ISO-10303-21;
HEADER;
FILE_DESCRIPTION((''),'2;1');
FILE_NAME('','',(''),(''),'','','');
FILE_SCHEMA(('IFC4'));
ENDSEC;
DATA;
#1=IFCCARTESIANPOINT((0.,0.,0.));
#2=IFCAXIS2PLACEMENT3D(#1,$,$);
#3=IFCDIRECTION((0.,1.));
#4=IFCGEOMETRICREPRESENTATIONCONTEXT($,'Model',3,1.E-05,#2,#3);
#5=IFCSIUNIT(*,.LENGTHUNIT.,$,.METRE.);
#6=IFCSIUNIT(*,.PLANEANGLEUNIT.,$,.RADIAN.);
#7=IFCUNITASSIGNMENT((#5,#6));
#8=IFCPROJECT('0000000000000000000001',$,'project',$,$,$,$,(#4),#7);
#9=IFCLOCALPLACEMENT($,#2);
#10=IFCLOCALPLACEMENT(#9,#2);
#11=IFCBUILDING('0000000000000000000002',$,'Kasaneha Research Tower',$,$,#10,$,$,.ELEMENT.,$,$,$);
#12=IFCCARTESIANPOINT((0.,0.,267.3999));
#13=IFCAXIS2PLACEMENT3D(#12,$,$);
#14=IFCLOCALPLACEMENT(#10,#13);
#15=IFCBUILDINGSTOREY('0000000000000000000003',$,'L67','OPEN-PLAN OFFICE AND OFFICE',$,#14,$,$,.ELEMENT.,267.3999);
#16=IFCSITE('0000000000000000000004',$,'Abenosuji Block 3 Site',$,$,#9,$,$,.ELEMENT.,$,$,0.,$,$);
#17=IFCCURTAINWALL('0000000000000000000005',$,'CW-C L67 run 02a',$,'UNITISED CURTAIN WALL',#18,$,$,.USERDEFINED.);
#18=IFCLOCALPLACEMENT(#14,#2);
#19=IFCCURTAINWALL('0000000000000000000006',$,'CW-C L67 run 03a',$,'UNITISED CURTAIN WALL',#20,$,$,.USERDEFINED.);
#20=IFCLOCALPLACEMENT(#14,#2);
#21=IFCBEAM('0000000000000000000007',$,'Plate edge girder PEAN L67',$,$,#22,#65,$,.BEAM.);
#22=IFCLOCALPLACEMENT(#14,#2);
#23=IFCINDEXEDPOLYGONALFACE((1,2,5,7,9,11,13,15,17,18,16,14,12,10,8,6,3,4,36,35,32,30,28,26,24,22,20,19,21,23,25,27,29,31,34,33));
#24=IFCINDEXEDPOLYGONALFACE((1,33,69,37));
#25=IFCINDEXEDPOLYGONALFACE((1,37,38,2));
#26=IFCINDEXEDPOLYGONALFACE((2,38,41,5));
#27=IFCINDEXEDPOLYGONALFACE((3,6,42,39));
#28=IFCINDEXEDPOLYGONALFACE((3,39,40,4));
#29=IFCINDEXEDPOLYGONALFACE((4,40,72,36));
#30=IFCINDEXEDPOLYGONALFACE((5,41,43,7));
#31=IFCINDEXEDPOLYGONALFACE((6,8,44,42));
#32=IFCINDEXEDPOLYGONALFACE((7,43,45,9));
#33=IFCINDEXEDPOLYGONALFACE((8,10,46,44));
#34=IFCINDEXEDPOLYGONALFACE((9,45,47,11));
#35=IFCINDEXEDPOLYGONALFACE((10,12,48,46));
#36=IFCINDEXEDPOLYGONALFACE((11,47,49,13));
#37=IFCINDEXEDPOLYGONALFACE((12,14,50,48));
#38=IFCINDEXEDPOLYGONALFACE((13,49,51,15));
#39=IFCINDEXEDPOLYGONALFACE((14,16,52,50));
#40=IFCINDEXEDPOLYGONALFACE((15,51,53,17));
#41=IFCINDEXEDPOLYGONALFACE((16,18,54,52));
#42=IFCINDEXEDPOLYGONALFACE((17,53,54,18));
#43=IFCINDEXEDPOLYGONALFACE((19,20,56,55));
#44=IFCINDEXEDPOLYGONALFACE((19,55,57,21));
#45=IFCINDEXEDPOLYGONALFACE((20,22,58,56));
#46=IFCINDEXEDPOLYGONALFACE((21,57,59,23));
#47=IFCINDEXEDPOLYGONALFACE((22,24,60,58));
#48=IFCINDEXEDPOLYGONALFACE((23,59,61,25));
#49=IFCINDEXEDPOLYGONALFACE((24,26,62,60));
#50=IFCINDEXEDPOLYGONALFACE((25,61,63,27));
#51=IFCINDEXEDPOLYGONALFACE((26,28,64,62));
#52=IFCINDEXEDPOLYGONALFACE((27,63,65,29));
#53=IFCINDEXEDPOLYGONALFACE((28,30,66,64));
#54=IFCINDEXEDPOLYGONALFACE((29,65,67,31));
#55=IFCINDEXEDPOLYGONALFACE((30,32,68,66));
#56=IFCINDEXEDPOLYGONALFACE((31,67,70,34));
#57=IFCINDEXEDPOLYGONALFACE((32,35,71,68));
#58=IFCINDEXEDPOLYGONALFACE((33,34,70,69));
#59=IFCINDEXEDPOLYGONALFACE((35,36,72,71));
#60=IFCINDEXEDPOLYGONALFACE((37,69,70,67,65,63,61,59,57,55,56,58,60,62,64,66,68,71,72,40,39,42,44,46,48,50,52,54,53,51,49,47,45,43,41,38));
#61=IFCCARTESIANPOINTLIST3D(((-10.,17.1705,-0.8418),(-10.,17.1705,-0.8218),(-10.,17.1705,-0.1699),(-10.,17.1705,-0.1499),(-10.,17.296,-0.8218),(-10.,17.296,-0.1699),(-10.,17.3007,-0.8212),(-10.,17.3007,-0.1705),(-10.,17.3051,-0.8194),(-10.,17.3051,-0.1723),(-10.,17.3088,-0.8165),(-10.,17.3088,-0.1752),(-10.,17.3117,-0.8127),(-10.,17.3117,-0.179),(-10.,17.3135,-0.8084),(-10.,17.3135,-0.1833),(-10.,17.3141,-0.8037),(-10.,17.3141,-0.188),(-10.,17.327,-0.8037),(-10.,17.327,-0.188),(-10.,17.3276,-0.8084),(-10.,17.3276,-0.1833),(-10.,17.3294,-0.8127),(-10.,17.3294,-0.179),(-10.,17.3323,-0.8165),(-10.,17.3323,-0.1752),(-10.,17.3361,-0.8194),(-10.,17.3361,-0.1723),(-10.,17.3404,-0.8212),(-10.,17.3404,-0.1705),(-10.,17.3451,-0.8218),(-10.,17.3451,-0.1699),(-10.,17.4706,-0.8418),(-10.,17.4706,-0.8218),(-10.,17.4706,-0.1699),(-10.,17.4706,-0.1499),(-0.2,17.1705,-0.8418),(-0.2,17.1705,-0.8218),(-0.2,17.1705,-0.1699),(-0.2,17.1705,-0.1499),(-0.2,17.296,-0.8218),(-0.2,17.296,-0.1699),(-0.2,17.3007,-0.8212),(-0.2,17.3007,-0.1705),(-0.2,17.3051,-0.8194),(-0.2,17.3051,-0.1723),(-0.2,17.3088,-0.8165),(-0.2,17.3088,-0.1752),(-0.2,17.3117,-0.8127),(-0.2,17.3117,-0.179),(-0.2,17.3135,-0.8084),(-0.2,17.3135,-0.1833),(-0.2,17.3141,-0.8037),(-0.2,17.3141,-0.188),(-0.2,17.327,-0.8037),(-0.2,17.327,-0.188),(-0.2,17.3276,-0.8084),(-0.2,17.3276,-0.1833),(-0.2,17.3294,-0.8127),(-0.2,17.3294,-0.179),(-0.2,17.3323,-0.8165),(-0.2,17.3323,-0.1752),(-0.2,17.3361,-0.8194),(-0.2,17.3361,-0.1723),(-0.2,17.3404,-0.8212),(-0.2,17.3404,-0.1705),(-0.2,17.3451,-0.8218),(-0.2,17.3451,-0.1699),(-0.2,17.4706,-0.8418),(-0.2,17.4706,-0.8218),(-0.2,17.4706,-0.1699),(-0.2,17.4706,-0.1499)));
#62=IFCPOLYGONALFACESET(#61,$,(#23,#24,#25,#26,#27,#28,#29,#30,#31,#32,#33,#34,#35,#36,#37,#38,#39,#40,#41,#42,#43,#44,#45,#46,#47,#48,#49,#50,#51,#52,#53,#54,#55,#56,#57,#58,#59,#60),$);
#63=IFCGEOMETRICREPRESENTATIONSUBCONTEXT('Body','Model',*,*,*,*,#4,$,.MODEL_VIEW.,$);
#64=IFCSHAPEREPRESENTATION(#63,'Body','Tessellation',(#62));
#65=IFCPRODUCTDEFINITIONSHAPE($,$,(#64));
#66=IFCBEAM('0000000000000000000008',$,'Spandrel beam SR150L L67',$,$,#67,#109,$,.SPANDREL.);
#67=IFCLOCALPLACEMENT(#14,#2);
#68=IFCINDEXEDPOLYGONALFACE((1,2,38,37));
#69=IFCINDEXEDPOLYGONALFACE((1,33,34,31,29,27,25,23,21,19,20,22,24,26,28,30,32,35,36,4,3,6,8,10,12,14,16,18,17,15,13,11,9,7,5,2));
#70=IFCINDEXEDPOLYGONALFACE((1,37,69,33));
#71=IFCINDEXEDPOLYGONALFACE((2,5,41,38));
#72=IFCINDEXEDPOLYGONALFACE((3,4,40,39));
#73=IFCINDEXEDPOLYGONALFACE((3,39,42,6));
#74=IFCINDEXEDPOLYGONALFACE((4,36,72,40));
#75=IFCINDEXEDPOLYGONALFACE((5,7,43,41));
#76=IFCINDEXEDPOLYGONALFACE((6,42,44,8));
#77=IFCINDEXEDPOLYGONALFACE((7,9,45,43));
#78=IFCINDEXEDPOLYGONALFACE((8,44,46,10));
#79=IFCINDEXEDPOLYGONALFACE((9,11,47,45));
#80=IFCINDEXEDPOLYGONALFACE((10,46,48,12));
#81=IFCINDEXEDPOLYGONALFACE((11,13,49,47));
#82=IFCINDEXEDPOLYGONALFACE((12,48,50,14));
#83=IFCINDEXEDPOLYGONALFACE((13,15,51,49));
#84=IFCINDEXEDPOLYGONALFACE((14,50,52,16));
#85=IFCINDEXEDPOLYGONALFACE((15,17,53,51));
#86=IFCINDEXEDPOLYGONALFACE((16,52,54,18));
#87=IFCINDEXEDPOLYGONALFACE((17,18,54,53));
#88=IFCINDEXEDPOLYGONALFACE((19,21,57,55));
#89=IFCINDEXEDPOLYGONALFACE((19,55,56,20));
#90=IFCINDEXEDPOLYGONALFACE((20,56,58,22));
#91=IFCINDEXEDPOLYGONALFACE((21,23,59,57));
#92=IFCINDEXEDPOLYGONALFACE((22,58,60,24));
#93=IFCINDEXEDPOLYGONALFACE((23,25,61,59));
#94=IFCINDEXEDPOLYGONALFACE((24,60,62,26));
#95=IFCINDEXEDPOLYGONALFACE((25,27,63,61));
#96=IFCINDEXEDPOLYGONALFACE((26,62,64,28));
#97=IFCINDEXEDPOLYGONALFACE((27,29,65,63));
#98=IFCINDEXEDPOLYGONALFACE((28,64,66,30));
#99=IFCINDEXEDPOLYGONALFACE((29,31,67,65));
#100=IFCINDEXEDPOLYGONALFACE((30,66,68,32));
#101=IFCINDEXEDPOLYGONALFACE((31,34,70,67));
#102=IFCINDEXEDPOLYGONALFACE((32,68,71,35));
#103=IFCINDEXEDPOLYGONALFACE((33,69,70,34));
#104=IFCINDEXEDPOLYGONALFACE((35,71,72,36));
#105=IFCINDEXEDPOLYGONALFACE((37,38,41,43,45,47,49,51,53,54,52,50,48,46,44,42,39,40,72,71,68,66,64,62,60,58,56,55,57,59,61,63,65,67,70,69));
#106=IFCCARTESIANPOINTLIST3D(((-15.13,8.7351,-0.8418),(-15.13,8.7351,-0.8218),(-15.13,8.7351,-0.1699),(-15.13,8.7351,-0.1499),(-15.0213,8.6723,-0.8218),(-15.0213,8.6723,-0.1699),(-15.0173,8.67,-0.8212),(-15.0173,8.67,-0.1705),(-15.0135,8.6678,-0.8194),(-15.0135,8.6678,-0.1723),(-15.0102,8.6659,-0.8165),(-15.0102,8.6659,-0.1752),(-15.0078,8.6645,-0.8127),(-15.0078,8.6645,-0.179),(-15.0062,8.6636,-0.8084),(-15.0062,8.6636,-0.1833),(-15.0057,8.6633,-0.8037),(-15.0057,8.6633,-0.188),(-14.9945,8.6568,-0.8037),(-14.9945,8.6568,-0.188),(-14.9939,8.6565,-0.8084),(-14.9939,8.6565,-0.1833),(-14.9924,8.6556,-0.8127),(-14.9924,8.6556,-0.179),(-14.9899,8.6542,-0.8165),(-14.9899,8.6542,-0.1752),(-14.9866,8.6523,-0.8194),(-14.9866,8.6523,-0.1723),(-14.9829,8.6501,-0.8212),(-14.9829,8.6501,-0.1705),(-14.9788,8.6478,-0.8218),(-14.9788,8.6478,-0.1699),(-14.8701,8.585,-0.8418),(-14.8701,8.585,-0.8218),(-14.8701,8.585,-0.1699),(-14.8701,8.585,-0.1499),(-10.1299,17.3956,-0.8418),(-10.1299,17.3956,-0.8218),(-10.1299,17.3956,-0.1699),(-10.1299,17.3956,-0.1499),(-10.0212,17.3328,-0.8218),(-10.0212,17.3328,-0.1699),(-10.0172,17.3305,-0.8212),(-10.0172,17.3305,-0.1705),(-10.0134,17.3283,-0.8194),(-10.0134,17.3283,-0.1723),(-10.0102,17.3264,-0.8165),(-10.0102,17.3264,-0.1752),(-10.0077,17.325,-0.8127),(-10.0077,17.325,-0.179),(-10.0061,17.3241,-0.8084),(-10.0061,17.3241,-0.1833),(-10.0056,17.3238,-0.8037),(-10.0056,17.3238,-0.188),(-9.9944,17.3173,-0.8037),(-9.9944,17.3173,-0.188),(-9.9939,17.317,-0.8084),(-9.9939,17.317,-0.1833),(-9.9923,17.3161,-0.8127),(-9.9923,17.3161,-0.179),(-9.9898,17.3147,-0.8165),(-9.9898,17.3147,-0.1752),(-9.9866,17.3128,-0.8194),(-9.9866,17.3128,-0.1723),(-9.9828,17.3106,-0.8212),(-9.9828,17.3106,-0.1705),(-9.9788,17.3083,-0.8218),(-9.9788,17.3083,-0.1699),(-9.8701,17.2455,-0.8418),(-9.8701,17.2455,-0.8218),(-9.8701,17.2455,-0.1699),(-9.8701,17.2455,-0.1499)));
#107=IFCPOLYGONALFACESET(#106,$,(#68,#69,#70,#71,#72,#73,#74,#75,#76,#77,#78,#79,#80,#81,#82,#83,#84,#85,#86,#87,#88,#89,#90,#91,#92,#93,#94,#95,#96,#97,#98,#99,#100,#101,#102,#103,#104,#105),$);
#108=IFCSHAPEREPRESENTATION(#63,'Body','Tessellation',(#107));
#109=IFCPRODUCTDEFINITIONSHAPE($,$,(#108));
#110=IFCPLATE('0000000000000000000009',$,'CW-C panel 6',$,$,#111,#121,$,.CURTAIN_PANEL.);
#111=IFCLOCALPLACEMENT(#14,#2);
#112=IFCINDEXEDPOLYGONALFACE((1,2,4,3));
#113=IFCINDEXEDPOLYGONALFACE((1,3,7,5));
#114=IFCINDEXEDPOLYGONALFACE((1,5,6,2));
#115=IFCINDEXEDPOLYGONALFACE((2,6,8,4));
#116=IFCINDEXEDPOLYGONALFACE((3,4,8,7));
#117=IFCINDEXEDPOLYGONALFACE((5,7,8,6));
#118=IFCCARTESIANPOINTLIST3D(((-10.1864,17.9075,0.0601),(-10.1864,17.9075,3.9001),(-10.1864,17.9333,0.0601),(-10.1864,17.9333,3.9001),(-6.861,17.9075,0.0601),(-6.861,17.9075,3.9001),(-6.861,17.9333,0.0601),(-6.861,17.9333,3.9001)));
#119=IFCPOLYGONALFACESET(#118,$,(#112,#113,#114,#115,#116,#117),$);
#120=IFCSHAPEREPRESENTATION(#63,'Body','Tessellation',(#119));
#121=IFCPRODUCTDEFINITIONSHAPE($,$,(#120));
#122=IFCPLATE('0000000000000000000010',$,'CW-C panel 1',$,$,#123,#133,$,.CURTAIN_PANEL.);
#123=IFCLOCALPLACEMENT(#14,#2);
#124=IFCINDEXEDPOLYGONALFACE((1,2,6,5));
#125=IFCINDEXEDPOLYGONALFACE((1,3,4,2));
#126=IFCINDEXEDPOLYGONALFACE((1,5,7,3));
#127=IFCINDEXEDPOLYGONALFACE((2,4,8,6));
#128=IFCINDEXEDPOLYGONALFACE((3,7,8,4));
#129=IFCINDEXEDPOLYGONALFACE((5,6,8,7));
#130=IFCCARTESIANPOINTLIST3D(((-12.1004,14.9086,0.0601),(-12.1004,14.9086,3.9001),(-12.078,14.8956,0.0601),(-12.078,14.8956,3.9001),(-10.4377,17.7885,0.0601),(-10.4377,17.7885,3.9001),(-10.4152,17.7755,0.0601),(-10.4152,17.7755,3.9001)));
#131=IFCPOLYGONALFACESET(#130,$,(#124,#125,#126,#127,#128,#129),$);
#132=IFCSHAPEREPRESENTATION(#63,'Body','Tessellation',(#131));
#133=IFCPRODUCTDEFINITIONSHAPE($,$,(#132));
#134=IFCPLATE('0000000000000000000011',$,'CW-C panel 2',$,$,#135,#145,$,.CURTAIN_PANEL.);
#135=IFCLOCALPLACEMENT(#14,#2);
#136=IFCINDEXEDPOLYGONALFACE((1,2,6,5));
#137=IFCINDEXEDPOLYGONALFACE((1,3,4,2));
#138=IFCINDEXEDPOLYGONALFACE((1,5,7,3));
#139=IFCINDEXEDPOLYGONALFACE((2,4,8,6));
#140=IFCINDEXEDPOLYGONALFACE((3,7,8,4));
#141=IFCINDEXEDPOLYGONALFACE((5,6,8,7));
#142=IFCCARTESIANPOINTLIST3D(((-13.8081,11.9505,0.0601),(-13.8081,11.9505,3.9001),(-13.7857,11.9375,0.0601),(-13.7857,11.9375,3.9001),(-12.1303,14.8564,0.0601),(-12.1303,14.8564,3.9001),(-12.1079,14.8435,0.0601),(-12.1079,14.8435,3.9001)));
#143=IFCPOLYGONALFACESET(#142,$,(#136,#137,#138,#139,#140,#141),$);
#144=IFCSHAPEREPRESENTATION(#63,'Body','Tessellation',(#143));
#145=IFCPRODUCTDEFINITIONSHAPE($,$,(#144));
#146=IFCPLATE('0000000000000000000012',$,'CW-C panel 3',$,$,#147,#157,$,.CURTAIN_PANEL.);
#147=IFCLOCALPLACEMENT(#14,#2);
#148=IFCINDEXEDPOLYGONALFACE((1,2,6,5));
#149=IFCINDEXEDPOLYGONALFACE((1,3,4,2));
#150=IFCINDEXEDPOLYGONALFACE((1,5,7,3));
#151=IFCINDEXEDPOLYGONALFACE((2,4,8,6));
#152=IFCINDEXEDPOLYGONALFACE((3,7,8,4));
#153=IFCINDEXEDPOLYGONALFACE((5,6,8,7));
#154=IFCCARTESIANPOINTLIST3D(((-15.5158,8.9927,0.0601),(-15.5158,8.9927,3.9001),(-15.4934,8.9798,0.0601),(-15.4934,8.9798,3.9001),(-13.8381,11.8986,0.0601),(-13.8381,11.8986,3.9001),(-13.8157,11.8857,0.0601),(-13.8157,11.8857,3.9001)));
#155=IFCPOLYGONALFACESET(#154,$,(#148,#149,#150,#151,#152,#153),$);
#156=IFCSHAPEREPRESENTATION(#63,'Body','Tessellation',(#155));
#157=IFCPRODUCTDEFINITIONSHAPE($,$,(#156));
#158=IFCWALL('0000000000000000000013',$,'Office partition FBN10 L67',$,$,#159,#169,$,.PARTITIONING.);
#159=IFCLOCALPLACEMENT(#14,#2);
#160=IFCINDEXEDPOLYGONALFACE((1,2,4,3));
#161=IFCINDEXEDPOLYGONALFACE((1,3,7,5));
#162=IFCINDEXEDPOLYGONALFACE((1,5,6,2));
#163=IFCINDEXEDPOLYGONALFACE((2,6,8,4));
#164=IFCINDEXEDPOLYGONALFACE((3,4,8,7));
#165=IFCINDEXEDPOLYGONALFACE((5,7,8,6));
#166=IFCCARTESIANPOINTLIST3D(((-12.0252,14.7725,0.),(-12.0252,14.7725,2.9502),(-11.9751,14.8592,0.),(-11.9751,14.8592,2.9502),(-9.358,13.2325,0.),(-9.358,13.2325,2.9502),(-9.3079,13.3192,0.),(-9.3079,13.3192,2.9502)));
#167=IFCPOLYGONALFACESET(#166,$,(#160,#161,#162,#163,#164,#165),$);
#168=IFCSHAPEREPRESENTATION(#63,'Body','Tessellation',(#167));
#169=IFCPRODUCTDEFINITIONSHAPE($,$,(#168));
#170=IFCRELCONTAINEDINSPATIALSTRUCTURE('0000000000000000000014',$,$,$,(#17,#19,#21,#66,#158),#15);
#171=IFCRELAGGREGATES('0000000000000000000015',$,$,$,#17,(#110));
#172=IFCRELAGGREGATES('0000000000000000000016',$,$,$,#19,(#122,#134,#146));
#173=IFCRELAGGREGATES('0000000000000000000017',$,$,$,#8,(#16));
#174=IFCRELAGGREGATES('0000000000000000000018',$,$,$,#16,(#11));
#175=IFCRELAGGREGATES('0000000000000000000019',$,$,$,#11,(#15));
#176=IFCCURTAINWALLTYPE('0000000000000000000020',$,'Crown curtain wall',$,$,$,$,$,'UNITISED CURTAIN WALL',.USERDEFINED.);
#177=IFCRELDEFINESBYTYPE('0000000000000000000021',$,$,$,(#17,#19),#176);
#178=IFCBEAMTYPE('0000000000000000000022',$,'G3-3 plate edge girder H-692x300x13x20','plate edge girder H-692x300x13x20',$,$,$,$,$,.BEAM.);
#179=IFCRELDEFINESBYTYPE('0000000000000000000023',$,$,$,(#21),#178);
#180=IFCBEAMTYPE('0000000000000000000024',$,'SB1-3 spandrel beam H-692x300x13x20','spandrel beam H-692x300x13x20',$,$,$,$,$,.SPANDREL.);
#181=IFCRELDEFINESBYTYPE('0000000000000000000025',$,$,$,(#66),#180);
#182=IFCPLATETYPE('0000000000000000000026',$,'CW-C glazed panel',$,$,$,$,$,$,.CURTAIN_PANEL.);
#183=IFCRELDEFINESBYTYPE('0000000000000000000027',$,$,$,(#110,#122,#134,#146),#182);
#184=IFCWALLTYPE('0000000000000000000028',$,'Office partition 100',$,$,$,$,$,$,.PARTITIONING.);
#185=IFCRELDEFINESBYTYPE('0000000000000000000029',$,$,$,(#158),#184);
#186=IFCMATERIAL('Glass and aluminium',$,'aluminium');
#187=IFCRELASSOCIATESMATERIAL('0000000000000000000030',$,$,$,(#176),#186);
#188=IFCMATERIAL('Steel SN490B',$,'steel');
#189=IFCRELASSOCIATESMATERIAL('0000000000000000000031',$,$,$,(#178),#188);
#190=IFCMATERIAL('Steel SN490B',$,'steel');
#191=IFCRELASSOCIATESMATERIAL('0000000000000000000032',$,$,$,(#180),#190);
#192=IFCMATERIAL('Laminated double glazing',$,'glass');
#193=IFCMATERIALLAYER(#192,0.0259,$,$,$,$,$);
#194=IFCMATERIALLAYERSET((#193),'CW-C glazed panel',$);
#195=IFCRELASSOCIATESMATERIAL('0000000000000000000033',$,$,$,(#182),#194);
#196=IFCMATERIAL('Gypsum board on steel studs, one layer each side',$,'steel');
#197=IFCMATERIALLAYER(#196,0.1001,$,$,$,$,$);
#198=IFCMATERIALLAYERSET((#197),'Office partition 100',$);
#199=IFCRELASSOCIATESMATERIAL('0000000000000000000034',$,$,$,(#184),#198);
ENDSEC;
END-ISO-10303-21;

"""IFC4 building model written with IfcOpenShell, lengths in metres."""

from ifc_helpers import new_model, si_unit, direction, frame, frame_2d, origin, origin_2d, place, context, subcontext, project, spatial, rectangle, i_section, extrude, material, layer, layer_set, material_profile, profile_set, type_object, element, aggregate, save


model = new_model("IFC4")

# Units and contexts
model_context = context("Model", 3, precision=1e-05, world=origin(), true_north=direction((0.0, 1.0)))
body_context = subcontext(model_context, "Body", "Model", "MODEL_VIEW")
ifc_project = project(units=[si_unit("LENGTHUNIT", "METRE"), si_unit("PLANEANGLEUNIT", "RADIAN")], contexts=[model_context])

# Site, building, storey
site_placement = place(None, origin())
site = spatial("IfcSite", under=ifc_project, at=site_placement, Name="Abenosuji Block 3 Site", CompositionType="ELEMENT", RefElevation=0.0)
building_placement = place(site_placement, origin())
building = spatial("IfcBuilding", under=site, at=building_placement, Name="Kasaneha Research Tower", CompositionType="ELEMENT")
storey_placement = place(building_placement, frame((0.0, 0.0, 267.3999)))
storey = spatial("IfcBuildingStorey", under=building, at=storey_placement, Name="L67", Description="OPEN-PLAN OFFICE AND OFFICE", CompositionType="ELEMENT", Elevation=267.3999)

# Curtain wall
ifc_material_1 = material(Name="Glass and aluminium", Category="aluminium")
curtain_wall_type = type_object("IfcCurtainWallType", Name="Crown curtain wall", ElementType="UNITISED CURTAIN WALL", PredefinedType="USERDEFINED", material=ifc_material_1)
curtain_wall_1_placement = place(storey_placement, origin())
curtain_wall_1 = element("IfcCurtainWall", 1, at=curtain_wall_1_placement, inside=storey, type_object=curtain_wall_type, Name="CW-C L67 run 02a", ObjectType="UNITISED CURTAIN WALL", PredefinedType="USERDEFINED")

# Curtain wall
curtain_wall_2_placement = place(storey_placement, origin())
curtain_wall_2 = element("IfcCurtainWall", 2, at=curtain_wall_2_placement, inside=storey, type_object=curtain_wall_type, Name="CW-C L67 run 03a", ObjectType="UNITISED CURTAIN WALL", PredefinedType="USERDEFINED")

# Beams
ifc_material_2 = material(Name="Steel SN490B", Category="steel")
ifc_material_profile_1 = material_profile(ifc_material_2, i_section(OverallWidth=0.3, OverallDepth=0.6919, WebThickness=0.0129, FlangeThickness=0.02, FilletRadius=0.0181, at=origin_2d()), Name="H-692x300x13x20")
ifc_profile_set_1 = profile_set([ifc_material_profile_1], Name="Steel SN490B")
beam_type_1 = type_object("IfcBeamType", Name="G3-3 plate edge girder H-692x300x13x20", Description="plate edge girder H-692x300x13x20", PredefinedType="BEAM", material=ifc_profile_set_1)
beam_1_placement = place(storey_placement, frame((-10.0, 17.3206, -0.4958), z_axis=(1.0, 0.0, 0.0), x_axis=(0.0, 1.0, 0.0)))
element("IfcBeam", 3, at=beam_1_placement, inside=storey, type_object=beam_type_1, Name="Plate edge girder PEAN L67", PredefinedType="BEAM", context=body_context, shape_type="SweptSolid", body=[
    extrude(i_section(OverallWidth=0.3, OverallDepth=0.6919, WebThickness=0.0129, FlangeThickness=0.02, FilletRadius=0.0181, at=origin_2d()), origin(), (0.0, 0.0, 1.0), 9.8),
])
ifc_material_3 = material(Name="Steel SN490B", Category="steel")
ifc_material_profile_2 = material_profile(ifc_material_3, i_section(OverallWidth=0.3, OverallDepth=0.6919, WebThickness=0.0129, FlangeThickness=0.02, FilletRadius=0.0181, at=origin_2d()), Name="H-692x300x13x20")
ifc_profile_set_2 = profile_set([ifc_material_profile_2], Name="Steel SN490B")
beam_type_2 = type_object("IfcBeamType", Name="SB1-3 spandrel beam H-692x300x13x20", Description="spandrel beam H-692x300x13x20", PredefinedType="SPANDREL", material=ifc_profile_set_2)
beam_2_placement = place(storey_placement, frame((-10.0, 17.3206, -0.4958), z_axis=(-0.499994, -0.866029, 0.0), x_axis=(0.866029, -0.499994, 0.0)))
element("IfcBeam", 4, at=beam_2_placement, inside=storey, type_object=beam_type_2, Name="Spandrel beam SR150L L67", PredefinedType="SPANDREL", context=body_context, shape_type="SweptSolid", body=[
    extrude(i_section(OverallWidth=0.3, OverallDepth=0.6919, WebThickness=0.0129, FlangeThickness=0.02, FilletRadius=0.0181, at=origin_2d()), origin(), (0.0, 0.0, 1.0), 10.0002),
])

# Plates
ifc_material_4 = material(Name="Laminated double glazing", Category="glass")
ifc_layer_1 = layer(ifc_material_4, 0.0259)
ifc_layer_set_1 = layer_set([ifc_layer_1], Name="CW-C glazed panel")
plate_type = type_object("IfcPlateType", Name="CW-C glazed panel", PredefinedType="CURTAIN_PANEL", material=ifc_layer_set_1)
plate_1_placement = place(storey_placement, frame((-8.5237, 17.9204, 0.0601), z_axis=(0.0, 0.0, 1.0), x_axis=(-1.0, 0.0, 0.0)))
plate_1 = element("IfcPlate", 5, at=plate_1_placement, type_object=plate_type, Name="CW-C panel 6", PredefinedType="CURTAIN_PANEL", context=body_context, shape_type="SweptSolid", body=[
    extrude(rectangle(XDim=3.3254, YDim=0.0259, at=origin_2d()), origin(), (0.0, 0.0, 1.0), 3.8401),
])
aggregate(curtain_wall_1, [plate_1])
plate_2_placement = place(storey_placement, frame((-11.2578, 16.342, 0.0601), z_axis=(0.0, 0.0, 1.0), x_axis=(-0.5, -0.866025, 0.0)))
plate_2 = element("IfcPlate", 6, at=plate_2_placement, type_object=plate_type, Name="CW-C panel 1", PredefinedType="CURTAIN_PANEL", context=body_context, shape_type="SweptSolid", body=[
    extrude(rectangle(XDim=3.3254, YDim=0.0259, at=origin_2d()), origin(), (0.0, 0.0, 1.0), 3.8401),
])
plate_3_placement = place(storey_placement, frame((-12.958, 13.397, 0.0601), z_axis=(0.0, 0.0, 1.0), x_axis=(-0.5, -0.866025, 0.0)))
plate_3 = element("IfcPlate", 7, at=plate_3_placement, type_object=plate_type, Name="CW-C panel 2", PredefinedType="CURTAIN_PANEL", context=body_context, shape_type="SweptSolid", body=[
    extrude(rectangle(XDim=3.3555, YDim=0.0259, at=origin_2d()), origin(), (0.0, 0.0, 1.0), 3.8401),
])
plate_4_placement = place(storey_placement, frame((-14.6658, 10.4392, 0.0601), z_axis=(0.0, 0.0, 1.0), x_axis=(-0.5, -0.866025, 0.0)))
plate_4 = element("IfcPlate", 8, at=plate_4_placement, type_object=plate_type, Name="CW-C panel 3", PredefinedType="CURTAIN_PANEL", context=body_context, shape_type="SweptSolid", body=[
    extrude(rectangle(XDim=3.3555, YDim=0.0259, at=origin_2d()), origin(), (0.0, 0.0, 1.0), 3.8401),
])
aggregate(curtain_wall_2, [plate_2, plate_3, plate_4])

# Wall
ifc_material_5 = material(Name="Gypsum board on steel studs, one layer each side", Category="steel")
ifc_layer_2 = layer(ifc_material_5, 0.1001)
ifc_layer_set_2 = layer_set([ifc_layer_2], Name="Office partition 100")
wall_type = type_object("IfcWallType", Name="Office partition 100", PredefinedType="PARTITIONING", material=ifc_layer_set_2)
wall_1_placement = place(storey_placement, frame((-12.0002, 14.8159, 0.0), z_axis=(0.0, 0.0, 1.0), x_axis=(0.86601, -0.500027, 0.0)))
element("IfcWall", 9, at=wall_1_placement, inside=storey, type_object=wall_type, Name="Office partition FBN10 L67", PredefinedType="PARTITIONING", context=body_context, shape_type="SweptSolid", body=[
    extrude(rectangle(XDim=3.0798, YDim=0.1001, at=frame_2d((1.54, 0.0))), origin(), (0.0, 0.0, 1.0), 2.9502),
])

save(model, "model.ifc")
